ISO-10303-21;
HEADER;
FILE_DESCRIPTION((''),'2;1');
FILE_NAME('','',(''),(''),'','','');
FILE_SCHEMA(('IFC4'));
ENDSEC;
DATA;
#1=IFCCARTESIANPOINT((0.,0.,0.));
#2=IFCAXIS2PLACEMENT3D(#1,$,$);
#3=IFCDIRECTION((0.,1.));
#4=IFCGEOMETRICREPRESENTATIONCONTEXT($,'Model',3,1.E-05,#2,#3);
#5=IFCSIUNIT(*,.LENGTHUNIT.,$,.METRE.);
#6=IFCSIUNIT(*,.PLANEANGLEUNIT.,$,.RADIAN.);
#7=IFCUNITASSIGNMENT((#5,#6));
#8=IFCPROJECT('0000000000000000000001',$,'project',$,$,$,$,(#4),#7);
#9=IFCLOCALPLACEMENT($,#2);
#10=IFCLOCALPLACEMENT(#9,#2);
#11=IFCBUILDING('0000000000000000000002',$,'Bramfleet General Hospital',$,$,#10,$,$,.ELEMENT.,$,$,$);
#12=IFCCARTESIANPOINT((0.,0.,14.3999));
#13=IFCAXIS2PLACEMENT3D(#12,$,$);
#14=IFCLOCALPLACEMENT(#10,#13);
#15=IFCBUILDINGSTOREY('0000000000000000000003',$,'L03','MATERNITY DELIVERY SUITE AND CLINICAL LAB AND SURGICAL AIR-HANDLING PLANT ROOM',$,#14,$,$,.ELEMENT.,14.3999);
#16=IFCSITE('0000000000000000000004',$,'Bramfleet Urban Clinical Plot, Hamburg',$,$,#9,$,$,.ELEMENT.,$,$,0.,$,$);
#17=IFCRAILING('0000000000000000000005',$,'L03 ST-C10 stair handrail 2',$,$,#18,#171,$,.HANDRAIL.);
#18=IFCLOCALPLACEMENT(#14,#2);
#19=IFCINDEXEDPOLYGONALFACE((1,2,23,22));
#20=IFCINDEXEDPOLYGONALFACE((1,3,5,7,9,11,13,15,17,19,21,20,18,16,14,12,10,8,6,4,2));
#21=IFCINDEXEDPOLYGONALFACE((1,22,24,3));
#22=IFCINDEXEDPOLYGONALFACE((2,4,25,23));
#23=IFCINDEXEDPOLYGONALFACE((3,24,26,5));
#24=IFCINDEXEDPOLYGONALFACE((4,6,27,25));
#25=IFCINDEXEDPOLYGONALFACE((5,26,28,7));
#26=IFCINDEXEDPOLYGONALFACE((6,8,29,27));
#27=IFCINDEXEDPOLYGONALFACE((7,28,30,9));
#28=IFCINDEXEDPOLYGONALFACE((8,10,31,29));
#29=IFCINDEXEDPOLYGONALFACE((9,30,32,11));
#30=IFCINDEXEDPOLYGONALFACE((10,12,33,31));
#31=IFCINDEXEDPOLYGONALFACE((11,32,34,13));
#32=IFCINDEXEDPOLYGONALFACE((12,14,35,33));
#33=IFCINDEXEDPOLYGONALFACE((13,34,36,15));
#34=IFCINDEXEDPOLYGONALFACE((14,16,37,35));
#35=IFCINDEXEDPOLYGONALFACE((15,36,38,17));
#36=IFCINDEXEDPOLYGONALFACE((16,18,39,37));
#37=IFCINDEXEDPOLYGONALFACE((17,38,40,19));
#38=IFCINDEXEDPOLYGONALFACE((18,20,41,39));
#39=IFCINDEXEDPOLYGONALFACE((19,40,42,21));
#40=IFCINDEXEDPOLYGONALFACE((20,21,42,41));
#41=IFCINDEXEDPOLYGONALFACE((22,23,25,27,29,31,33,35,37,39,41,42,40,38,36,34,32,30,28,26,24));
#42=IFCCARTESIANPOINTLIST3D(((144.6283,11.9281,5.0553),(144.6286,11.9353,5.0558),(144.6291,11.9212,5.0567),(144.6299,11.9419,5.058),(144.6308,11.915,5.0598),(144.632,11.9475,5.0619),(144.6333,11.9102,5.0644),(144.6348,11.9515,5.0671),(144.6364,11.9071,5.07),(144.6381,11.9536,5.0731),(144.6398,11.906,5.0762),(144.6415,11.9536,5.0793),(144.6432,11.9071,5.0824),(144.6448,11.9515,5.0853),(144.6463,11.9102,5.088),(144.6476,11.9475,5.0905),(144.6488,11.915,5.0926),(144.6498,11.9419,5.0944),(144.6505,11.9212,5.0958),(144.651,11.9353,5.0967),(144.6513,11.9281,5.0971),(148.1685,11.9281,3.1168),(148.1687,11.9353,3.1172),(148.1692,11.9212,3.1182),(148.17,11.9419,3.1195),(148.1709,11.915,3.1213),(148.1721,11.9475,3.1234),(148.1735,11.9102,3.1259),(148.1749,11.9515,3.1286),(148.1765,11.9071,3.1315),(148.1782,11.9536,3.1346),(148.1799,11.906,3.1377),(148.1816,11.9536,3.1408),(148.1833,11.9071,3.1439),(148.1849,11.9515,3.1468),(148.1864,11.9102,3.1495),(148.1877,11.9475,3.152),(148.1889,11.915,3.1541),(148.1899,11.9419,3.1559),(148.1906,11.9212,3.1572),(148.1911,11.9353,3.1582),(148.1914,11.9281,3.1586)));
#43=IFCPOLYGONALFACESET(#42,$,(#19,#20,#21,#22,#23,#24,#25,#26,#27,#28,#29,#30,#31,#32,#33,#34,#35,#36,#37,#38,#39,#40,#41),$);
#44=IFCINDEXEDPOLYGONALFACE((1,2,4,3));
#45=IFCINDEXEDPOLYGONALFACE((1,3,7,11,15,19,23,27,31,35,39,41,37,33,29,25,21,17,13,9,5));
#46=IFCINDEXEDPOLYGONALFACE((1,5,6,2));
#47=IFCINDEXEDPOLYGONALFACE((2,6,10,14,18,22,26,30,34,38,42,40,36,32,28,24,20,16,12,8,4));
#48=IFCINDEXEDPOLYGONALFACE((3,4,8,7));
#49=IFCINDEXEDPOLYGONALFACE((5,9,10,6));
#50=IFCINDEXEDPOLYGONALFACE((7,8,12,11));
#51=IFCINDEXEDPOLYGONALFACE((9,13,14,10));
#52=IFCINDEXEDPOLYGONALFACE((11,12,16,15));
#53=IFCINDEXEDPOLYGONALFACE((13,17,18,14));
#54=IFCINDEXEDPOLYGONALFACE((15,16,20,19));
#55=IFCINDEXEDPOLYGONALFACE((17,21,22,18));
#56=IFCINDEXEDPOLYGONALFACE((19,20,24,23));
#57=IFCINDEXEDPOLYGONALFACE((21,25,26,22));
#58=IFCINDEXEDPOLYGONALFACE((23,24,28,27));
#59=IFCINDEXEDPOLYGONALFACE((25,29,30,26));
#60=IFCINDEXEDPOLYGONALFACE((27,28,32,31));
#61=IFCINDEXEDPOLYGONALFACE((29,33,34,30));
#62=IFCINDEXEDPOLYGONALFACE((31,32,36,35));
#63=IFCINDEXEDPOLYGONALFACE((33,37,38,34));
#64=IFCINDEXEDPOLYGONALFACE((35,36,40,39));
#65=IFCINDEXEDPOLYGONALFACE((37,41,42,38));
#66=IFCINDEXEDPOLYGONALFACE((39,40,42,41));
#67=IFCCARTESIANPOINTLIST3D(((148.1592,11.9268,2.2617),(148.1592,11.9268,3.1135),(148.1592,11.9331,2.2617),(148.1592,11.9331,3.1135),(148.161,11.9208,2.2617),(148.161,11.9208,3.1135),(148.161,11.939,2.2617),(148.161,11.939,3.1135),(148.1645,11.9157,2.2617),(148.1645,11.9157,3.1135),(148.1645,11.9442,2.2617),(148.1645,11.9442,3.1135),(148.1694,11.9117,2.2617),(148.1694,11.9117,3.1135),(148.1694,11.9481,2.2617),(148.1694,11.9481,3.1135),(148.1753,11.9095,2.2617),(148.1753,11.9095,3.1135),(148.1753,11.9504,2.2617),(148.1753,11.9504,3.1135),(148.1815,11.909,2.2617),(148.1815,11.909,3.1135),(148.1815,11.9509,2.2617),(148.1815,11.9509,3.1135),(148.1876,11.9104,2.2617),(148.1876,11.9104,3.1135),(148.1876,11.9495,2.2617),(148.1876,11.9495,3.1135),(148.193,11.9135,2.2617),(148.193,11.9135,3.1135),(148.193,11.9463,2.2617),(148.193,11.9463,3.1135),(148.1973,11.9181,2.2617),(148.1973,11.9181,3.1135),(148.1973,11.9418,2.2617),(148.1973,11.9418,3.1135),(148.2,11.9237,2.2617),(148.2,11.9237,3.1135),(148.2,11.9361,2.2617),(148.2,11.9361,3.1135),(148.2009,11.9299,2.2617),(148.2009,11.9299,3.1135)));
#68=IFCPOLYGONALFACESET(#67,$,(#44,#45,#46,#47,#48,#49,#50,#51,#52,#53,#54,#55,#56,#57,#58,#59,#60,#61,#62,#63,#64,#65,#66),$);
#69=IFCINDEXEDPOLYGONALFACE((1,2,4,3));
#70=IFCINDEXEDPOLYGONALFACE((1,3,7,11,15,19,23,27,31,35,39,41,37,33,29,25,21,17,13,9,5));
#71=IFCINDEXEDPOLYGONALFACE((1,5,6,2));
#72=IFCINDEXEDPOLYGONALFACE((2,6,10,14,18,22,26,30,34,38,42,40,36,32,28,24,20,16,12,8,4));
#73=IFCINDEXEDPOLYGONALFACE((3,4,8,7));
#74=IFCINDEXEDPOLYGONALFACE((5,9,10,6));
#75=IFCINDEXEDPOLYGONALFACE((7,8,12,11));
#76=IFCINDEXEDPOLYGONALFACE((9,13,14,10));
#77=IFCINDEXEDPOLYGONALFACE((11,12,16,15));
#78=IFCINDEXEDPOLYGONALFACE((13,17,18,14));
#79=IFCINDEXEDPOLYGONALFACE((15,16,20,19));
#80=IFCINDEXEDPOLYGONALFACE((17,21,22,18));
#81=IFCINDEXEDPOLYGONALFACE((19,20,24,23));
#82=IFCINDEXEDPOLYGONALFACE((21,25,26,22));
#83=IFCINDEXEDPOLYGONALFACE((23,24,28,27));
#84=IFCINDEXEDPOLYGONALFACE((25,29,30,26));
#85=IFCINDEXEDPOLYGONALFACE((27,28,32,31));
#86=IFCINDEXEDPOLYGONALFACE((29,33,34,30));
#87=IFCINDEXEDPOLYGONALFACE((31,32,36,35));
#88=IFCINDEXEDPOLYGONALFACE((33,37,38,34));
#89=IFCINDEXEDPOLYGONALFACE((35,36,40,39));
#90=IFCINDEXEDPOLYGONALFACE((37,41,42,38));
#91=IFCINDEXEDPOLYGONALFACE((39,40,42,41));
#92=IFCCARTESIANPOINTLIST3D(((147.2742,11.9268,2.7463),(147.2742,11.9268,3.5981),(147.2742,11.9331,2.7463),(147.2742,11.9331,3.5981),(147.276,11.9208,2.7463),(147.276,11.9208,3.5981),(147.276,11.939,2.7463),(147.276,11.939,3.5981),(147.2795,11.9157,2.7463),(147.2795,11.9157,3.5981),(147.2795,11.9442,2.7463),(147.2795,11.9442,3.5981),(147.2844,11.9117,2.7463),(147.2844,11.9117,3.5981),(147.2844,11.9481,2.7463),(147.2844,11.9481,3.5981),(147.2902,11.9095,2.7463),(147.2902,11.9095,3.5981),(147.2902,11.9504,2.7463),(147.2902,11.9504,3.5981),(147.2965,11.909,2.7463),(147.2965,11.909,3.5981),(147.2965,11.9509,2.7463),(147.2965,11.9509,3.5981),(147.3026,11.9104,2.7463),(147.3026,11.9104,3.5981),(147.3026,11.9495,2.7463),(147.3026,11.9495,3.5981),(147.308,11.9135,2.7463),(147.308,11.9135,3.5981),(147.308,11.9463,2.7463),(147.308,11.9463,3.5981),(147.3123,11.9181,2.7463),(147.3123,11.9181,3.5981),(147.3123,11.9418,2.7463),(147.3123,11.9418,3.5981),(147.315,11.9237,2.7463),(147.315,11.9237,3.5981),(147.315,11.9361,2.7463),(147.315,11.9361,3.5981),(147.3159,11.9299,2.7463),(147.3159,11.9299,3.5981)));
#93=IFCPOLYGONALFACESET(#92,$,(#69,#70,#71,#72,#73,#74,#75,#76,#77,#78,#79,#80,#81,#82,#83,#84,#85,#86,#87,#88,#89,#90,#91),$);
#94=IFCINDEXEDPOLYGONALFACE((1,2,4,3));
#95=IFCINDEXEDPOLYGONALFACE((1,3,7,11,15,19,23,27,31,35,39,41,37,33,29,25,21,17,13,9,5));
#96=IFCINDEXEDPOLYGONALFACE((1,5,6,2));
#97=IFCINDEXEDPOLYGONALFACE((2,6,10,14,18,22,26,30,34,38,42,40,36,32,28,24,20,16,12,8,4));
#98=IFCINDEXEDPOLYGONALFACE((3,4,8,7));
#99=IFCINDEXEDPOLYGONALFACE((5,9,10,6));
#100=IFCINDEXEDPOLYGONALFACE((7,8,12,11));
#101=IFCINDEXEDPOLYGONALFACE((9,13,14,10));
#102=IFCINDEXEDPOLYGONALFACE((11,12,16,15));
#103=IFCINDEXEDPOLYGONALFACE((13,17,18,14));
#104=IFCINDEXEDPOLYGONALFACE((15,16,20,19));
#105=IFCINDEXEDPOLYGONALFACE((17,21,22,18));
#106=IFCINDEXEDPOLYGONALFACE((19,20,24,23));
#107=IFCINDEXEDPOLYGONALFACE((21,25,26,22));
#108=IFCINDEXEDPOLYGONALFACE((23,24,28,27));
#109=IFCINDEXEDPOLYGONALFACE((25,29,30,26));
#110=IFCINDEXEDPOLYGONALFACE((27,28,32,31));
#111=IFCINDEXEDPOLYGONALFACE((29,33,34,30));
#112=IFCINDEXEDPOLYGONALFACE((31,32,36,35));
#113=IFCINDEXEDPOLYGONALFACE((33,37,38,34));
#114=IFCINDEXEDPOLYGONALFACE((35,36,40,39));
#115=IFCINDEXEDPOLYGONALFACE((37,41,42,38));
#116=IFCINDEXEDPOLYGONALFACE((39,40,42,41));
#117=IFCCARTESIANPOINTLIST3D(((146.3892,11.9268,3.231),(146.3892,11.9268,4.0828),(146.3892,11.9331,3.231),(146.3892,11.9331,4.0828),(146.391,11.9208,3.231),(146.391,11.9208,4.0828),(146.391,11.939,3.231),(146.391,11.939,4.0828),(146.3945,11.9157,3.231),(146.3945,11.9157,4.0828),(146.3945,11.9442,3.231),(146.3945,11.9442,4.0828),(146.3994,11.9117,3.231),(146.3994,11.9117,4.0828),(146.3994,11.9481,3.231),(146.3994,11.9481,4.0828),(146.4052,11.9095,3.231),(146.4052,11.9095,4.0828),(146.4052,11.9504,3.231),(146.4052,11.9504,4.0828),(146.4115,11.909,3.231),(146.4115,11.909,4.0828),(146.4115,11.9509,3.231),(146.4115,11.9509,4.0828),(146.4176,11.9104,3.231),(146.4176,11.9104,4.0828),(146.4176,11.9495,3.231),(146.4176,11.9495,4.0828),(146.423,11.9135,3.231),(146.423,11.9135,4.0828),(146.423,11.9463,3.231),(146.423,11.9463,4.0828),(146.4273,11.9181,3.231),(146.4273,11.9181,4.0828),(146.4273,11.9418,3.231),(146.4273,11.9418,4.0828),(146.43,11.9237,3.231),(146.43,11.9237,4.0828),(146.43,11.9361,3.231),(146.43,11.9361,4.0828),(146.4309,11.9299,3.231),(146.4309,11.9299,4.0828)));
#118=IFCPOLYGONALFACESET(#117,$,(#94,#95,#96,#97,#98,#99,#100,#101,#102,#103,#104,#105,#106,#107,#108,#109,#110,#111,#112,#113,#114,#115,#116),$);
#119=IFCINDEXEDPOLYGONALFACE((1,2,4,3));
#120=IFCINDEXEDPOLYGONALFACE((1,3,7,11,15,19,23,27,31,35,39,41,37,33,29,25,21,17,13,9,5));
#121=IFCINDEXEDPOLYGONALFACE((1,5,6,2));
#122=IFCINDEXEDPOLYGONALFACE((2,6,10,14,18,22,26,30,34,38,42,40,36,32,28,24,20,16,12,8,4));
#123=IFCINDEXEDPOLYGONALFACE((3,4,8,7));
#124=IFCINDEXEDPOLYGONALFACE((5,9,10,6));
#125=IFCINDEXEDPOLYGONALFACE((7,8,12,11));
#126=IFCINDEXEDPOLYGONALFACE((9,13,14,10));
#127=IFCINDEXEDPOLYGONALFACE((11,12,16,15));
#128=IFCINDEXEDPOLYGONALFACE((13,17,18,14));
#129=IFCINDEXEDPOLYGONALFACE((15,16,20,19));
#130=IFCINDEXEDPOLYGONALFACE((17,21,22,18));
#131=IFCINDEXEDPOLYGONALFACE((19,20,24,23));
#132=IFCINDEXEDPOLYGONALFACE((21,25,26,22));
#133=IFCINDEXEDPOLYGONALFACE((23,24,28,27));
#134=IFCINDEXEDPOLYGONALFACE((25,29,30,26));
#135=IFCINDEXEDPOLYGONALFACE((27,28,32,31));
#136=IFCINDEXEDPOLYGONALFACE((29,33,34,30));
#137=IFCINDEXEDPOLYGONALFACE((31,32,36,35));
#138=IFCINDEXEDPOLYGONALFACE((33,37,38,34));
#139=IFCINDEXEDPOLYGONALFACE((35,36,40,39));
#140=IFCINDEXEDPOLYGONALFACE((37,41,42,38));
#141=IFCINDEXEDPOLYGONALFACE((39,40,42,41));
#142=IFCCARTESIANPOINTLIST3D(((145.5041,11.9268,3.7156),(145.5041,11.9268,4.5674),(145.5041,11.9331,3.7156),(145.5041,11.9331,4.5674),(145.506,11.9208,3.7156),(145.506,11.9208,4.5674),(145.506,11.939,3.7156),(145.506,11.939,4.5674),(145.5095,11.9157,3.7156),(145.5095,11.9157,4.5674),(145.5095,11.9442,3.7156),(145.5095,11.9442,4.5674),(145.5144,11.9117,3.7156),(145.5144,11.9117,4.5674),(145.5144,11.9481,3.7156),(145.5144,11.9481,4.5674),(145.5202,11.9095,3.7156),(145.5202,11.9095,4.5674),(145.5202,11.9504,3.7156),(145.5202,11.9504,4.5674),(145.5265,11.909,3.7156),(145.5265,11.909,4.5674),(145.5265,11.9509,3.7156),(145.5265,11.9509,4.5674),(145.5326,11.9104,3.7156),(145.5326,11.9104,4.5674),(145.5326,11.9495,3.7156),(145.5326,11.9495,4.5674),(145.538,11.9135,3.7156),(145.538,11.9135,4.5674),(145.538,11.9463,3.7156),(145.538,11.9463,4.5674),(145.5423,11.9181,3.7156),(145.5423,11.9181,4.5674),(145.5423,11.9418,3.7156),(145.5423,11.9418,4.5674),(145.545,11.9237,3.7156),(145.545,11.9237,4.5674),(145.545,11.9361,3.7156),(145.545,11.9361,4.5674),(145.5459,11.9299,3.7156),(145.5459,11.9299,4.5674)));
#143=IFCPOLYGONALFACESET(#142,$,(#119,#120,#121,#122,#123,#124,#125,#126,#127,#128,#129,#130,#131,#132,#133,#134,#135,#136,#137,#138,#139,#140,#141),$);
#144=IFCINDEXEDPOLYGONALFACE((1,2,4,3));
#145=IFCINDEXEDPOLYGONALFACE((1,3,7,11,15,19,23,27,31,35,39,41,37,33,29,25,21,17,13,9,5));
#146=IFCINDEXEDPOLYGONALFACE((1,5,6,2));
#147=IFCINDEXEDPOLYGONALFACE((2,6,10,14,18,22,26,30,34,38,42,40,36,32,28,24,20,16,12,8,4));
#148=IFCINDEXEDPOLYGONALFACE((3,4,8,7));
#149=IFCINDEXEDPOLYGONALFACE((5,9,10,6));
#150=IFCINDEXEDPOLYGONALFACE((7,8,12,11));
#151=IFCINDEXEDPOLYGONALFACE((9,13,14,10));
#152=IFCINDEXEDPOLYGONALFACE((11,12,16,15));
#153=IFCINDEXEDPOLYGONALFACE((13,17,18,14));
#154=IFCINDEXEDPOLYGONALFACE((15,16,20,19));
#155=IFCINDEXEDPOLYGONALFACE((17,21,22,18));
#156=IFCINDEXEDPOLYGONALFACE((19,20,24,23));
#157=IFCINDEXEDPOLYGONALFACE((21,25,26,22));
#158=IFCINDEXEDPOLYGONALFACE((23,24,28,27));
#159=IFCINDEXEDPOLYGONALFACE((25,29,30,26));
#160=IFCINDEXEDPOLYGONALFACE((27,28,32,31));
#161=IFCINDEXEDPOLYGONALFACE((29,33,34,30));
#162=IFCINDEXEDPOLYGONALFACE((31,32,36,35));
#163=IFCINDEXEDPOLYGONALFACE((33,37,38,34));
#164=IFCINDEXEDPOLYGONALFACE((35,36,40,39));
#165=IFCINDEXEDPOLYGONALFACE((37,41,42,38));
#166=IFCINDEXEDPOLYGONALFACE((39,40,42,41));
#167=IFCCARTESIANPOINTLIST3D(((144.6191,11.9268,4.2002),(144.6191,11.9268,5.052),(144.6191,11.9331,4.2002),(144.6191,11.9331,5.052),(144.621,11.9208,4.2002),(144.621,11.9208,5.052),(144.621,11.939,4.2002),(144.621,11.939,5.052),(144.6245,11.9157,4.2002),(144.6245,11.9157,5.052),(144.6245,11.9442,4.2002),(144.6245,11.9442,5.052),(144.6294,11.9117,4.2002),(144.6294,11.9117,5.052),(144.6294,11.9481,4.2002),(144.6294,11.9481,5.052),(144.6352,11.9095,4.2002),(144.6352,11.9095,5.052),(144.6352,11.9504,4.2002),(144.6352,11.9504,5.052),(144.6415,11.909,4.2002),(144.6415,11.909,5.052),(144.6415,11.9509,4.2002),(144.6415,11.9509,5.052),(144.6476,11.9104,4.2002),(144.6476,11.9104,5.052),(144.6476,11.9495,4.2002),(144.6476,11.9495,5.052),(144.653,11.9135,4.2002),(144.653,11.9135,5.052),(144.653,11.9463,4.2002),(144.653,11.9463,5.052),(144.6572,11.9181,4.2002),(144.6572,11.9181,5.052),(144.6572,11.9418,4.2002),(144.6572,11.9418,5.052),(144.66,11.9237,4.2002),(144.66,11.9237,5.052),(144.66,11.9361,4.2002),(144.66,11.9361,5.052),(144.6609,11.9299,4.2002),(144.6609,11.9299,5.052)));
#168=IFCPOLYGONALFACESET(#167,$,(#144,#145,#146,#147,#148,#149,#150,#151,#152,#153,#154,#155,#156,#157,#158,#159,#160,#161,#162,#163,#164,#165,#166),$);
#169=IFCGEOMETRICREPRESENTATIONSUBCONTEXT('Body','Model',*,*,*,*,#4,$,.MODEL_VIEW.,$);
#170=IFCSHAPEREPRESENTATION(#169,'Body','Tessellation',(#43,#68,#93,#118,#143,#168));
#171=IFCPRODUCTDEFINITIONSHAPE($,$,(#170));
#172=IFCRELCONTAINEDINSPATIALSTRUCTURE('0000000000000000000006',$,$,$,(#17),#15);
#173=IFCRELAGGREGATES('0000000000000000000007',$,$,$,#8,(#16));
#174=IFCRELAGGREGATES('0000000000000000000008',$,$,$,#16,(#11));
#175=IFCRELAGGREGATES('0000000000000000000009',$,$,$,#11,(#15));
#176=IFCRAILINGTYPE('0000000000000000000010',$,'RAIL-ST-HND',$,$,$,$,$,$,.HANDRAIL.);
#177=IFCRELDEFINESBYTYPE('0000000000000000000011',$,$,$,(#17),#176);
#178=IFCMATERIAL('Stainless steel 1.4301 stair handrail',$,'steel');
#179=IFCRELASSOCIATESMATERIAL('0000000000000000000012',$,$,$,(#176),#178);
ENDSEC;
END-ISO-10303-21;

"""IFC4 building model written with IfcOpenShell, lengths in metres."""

from ifc_helpers import new_model, si_unit, direction, frame, origin, origin_2d, place, context, subcontext, project, spatial, circle, extrude, material, type_object, element, save


model = new_model("IFC4")

# Units and contexts
model_context = context("Model", 3, precision=1e-05, world=origin(), true_north=direction((0.0, 1.0)))
body_context = subcontext(model_context, "Body", "Model", "MODEL_VIEW")
ifc_project = project(units=[si_unit("LENGTHUNIT", "METRE"), si_unit("PLANEANGLEUNIT", "RADIAN")], contexts=[model_context])

# Site, building, storey
site_placement = place(None, origin())
site = spatial("IfcSite", under=ifc_project, at=site_placement, Name="Bramfleet Urban Clinical Plot, Hamburg", CompositionType="ELEMENT", RefElevation=0.0)
building_placement = place(site_placement, origin())
building = spatial("IfcBuilding", under=site, at=building_placement, Name="Bramfleet General Hospital", CompositionType="ELEMENT")
storey_placement = place(building_placement, frame((0.0, 0.0, 14.3999)))
storey = spatial("IfcBuildingStorey", under=building, at=storey_placement, Name="L03", Description="MATERNITY DELIVERY SUITE AND CLINICAL LAB AND SURGICAL AIR-HANDLING PLANT ROOM", CompositionType="ELEMENT", Elevation=14.3999)

# Railing
ifc_material_1 = material(Name="Stainless steel 1.4301 stair handrail", Category="steel")
railing_type_1 = type_object("IfcRailingType", Name="RAIL-ST-HND", PredefinedType="HANDRAIL", material=ifc_material_1)
railing_1_placement = place(storey_placement, frame((148.1799, 11.9299, 2.2617)))
element("IfcRailing", 1, at=railing_1_placement, inside=storey, type_object=railing_type_1, Name="L03 ST-C10 stair handrail 2", PredefinedType="HANDRAIL", context=body_context, shape_type="SweptSolid", body=[
    extrude(circle(Radius=0.0239, at=origin_2d()), frame((0.0, 0.0, 0.876), z_axis=(-0.877108, 0.0, 0.480292), x_axis=(0.0, -1.0, 0.0)), (0.0, 0.0, 1.0), 4.0361),
    extrude(circle(Radius=0.021, at=origin_2d()), origin(), (0.0, 0.0, 1.0), 0.8518),
    extrude(circle(Radius=0.021, at=origin_2d()), frame((-0.885, 0.0, 0.4846)), (0.0, 0.0, 1.0), 0.8518),
    extrude(circle(Radius=0.021, at=origin_2d()), frame((-1.77, 0.0, 0.9692)), (0.0, 0.0, 1.0), 0.8518),
    extrude(circle(Radius=0.021, at=origin_2d()), frame((-2.655, 0.0, 1.4539)), (0.0, 0.0, 1.0), 0.8518),
    extrude(circle(Radius=0.021, at=origin_2d()), frame((-3.54, 0.0, 1.9385)), (0.0, 0.0, 1.0), 0.8518),
])

save(model, "model.ifc")
